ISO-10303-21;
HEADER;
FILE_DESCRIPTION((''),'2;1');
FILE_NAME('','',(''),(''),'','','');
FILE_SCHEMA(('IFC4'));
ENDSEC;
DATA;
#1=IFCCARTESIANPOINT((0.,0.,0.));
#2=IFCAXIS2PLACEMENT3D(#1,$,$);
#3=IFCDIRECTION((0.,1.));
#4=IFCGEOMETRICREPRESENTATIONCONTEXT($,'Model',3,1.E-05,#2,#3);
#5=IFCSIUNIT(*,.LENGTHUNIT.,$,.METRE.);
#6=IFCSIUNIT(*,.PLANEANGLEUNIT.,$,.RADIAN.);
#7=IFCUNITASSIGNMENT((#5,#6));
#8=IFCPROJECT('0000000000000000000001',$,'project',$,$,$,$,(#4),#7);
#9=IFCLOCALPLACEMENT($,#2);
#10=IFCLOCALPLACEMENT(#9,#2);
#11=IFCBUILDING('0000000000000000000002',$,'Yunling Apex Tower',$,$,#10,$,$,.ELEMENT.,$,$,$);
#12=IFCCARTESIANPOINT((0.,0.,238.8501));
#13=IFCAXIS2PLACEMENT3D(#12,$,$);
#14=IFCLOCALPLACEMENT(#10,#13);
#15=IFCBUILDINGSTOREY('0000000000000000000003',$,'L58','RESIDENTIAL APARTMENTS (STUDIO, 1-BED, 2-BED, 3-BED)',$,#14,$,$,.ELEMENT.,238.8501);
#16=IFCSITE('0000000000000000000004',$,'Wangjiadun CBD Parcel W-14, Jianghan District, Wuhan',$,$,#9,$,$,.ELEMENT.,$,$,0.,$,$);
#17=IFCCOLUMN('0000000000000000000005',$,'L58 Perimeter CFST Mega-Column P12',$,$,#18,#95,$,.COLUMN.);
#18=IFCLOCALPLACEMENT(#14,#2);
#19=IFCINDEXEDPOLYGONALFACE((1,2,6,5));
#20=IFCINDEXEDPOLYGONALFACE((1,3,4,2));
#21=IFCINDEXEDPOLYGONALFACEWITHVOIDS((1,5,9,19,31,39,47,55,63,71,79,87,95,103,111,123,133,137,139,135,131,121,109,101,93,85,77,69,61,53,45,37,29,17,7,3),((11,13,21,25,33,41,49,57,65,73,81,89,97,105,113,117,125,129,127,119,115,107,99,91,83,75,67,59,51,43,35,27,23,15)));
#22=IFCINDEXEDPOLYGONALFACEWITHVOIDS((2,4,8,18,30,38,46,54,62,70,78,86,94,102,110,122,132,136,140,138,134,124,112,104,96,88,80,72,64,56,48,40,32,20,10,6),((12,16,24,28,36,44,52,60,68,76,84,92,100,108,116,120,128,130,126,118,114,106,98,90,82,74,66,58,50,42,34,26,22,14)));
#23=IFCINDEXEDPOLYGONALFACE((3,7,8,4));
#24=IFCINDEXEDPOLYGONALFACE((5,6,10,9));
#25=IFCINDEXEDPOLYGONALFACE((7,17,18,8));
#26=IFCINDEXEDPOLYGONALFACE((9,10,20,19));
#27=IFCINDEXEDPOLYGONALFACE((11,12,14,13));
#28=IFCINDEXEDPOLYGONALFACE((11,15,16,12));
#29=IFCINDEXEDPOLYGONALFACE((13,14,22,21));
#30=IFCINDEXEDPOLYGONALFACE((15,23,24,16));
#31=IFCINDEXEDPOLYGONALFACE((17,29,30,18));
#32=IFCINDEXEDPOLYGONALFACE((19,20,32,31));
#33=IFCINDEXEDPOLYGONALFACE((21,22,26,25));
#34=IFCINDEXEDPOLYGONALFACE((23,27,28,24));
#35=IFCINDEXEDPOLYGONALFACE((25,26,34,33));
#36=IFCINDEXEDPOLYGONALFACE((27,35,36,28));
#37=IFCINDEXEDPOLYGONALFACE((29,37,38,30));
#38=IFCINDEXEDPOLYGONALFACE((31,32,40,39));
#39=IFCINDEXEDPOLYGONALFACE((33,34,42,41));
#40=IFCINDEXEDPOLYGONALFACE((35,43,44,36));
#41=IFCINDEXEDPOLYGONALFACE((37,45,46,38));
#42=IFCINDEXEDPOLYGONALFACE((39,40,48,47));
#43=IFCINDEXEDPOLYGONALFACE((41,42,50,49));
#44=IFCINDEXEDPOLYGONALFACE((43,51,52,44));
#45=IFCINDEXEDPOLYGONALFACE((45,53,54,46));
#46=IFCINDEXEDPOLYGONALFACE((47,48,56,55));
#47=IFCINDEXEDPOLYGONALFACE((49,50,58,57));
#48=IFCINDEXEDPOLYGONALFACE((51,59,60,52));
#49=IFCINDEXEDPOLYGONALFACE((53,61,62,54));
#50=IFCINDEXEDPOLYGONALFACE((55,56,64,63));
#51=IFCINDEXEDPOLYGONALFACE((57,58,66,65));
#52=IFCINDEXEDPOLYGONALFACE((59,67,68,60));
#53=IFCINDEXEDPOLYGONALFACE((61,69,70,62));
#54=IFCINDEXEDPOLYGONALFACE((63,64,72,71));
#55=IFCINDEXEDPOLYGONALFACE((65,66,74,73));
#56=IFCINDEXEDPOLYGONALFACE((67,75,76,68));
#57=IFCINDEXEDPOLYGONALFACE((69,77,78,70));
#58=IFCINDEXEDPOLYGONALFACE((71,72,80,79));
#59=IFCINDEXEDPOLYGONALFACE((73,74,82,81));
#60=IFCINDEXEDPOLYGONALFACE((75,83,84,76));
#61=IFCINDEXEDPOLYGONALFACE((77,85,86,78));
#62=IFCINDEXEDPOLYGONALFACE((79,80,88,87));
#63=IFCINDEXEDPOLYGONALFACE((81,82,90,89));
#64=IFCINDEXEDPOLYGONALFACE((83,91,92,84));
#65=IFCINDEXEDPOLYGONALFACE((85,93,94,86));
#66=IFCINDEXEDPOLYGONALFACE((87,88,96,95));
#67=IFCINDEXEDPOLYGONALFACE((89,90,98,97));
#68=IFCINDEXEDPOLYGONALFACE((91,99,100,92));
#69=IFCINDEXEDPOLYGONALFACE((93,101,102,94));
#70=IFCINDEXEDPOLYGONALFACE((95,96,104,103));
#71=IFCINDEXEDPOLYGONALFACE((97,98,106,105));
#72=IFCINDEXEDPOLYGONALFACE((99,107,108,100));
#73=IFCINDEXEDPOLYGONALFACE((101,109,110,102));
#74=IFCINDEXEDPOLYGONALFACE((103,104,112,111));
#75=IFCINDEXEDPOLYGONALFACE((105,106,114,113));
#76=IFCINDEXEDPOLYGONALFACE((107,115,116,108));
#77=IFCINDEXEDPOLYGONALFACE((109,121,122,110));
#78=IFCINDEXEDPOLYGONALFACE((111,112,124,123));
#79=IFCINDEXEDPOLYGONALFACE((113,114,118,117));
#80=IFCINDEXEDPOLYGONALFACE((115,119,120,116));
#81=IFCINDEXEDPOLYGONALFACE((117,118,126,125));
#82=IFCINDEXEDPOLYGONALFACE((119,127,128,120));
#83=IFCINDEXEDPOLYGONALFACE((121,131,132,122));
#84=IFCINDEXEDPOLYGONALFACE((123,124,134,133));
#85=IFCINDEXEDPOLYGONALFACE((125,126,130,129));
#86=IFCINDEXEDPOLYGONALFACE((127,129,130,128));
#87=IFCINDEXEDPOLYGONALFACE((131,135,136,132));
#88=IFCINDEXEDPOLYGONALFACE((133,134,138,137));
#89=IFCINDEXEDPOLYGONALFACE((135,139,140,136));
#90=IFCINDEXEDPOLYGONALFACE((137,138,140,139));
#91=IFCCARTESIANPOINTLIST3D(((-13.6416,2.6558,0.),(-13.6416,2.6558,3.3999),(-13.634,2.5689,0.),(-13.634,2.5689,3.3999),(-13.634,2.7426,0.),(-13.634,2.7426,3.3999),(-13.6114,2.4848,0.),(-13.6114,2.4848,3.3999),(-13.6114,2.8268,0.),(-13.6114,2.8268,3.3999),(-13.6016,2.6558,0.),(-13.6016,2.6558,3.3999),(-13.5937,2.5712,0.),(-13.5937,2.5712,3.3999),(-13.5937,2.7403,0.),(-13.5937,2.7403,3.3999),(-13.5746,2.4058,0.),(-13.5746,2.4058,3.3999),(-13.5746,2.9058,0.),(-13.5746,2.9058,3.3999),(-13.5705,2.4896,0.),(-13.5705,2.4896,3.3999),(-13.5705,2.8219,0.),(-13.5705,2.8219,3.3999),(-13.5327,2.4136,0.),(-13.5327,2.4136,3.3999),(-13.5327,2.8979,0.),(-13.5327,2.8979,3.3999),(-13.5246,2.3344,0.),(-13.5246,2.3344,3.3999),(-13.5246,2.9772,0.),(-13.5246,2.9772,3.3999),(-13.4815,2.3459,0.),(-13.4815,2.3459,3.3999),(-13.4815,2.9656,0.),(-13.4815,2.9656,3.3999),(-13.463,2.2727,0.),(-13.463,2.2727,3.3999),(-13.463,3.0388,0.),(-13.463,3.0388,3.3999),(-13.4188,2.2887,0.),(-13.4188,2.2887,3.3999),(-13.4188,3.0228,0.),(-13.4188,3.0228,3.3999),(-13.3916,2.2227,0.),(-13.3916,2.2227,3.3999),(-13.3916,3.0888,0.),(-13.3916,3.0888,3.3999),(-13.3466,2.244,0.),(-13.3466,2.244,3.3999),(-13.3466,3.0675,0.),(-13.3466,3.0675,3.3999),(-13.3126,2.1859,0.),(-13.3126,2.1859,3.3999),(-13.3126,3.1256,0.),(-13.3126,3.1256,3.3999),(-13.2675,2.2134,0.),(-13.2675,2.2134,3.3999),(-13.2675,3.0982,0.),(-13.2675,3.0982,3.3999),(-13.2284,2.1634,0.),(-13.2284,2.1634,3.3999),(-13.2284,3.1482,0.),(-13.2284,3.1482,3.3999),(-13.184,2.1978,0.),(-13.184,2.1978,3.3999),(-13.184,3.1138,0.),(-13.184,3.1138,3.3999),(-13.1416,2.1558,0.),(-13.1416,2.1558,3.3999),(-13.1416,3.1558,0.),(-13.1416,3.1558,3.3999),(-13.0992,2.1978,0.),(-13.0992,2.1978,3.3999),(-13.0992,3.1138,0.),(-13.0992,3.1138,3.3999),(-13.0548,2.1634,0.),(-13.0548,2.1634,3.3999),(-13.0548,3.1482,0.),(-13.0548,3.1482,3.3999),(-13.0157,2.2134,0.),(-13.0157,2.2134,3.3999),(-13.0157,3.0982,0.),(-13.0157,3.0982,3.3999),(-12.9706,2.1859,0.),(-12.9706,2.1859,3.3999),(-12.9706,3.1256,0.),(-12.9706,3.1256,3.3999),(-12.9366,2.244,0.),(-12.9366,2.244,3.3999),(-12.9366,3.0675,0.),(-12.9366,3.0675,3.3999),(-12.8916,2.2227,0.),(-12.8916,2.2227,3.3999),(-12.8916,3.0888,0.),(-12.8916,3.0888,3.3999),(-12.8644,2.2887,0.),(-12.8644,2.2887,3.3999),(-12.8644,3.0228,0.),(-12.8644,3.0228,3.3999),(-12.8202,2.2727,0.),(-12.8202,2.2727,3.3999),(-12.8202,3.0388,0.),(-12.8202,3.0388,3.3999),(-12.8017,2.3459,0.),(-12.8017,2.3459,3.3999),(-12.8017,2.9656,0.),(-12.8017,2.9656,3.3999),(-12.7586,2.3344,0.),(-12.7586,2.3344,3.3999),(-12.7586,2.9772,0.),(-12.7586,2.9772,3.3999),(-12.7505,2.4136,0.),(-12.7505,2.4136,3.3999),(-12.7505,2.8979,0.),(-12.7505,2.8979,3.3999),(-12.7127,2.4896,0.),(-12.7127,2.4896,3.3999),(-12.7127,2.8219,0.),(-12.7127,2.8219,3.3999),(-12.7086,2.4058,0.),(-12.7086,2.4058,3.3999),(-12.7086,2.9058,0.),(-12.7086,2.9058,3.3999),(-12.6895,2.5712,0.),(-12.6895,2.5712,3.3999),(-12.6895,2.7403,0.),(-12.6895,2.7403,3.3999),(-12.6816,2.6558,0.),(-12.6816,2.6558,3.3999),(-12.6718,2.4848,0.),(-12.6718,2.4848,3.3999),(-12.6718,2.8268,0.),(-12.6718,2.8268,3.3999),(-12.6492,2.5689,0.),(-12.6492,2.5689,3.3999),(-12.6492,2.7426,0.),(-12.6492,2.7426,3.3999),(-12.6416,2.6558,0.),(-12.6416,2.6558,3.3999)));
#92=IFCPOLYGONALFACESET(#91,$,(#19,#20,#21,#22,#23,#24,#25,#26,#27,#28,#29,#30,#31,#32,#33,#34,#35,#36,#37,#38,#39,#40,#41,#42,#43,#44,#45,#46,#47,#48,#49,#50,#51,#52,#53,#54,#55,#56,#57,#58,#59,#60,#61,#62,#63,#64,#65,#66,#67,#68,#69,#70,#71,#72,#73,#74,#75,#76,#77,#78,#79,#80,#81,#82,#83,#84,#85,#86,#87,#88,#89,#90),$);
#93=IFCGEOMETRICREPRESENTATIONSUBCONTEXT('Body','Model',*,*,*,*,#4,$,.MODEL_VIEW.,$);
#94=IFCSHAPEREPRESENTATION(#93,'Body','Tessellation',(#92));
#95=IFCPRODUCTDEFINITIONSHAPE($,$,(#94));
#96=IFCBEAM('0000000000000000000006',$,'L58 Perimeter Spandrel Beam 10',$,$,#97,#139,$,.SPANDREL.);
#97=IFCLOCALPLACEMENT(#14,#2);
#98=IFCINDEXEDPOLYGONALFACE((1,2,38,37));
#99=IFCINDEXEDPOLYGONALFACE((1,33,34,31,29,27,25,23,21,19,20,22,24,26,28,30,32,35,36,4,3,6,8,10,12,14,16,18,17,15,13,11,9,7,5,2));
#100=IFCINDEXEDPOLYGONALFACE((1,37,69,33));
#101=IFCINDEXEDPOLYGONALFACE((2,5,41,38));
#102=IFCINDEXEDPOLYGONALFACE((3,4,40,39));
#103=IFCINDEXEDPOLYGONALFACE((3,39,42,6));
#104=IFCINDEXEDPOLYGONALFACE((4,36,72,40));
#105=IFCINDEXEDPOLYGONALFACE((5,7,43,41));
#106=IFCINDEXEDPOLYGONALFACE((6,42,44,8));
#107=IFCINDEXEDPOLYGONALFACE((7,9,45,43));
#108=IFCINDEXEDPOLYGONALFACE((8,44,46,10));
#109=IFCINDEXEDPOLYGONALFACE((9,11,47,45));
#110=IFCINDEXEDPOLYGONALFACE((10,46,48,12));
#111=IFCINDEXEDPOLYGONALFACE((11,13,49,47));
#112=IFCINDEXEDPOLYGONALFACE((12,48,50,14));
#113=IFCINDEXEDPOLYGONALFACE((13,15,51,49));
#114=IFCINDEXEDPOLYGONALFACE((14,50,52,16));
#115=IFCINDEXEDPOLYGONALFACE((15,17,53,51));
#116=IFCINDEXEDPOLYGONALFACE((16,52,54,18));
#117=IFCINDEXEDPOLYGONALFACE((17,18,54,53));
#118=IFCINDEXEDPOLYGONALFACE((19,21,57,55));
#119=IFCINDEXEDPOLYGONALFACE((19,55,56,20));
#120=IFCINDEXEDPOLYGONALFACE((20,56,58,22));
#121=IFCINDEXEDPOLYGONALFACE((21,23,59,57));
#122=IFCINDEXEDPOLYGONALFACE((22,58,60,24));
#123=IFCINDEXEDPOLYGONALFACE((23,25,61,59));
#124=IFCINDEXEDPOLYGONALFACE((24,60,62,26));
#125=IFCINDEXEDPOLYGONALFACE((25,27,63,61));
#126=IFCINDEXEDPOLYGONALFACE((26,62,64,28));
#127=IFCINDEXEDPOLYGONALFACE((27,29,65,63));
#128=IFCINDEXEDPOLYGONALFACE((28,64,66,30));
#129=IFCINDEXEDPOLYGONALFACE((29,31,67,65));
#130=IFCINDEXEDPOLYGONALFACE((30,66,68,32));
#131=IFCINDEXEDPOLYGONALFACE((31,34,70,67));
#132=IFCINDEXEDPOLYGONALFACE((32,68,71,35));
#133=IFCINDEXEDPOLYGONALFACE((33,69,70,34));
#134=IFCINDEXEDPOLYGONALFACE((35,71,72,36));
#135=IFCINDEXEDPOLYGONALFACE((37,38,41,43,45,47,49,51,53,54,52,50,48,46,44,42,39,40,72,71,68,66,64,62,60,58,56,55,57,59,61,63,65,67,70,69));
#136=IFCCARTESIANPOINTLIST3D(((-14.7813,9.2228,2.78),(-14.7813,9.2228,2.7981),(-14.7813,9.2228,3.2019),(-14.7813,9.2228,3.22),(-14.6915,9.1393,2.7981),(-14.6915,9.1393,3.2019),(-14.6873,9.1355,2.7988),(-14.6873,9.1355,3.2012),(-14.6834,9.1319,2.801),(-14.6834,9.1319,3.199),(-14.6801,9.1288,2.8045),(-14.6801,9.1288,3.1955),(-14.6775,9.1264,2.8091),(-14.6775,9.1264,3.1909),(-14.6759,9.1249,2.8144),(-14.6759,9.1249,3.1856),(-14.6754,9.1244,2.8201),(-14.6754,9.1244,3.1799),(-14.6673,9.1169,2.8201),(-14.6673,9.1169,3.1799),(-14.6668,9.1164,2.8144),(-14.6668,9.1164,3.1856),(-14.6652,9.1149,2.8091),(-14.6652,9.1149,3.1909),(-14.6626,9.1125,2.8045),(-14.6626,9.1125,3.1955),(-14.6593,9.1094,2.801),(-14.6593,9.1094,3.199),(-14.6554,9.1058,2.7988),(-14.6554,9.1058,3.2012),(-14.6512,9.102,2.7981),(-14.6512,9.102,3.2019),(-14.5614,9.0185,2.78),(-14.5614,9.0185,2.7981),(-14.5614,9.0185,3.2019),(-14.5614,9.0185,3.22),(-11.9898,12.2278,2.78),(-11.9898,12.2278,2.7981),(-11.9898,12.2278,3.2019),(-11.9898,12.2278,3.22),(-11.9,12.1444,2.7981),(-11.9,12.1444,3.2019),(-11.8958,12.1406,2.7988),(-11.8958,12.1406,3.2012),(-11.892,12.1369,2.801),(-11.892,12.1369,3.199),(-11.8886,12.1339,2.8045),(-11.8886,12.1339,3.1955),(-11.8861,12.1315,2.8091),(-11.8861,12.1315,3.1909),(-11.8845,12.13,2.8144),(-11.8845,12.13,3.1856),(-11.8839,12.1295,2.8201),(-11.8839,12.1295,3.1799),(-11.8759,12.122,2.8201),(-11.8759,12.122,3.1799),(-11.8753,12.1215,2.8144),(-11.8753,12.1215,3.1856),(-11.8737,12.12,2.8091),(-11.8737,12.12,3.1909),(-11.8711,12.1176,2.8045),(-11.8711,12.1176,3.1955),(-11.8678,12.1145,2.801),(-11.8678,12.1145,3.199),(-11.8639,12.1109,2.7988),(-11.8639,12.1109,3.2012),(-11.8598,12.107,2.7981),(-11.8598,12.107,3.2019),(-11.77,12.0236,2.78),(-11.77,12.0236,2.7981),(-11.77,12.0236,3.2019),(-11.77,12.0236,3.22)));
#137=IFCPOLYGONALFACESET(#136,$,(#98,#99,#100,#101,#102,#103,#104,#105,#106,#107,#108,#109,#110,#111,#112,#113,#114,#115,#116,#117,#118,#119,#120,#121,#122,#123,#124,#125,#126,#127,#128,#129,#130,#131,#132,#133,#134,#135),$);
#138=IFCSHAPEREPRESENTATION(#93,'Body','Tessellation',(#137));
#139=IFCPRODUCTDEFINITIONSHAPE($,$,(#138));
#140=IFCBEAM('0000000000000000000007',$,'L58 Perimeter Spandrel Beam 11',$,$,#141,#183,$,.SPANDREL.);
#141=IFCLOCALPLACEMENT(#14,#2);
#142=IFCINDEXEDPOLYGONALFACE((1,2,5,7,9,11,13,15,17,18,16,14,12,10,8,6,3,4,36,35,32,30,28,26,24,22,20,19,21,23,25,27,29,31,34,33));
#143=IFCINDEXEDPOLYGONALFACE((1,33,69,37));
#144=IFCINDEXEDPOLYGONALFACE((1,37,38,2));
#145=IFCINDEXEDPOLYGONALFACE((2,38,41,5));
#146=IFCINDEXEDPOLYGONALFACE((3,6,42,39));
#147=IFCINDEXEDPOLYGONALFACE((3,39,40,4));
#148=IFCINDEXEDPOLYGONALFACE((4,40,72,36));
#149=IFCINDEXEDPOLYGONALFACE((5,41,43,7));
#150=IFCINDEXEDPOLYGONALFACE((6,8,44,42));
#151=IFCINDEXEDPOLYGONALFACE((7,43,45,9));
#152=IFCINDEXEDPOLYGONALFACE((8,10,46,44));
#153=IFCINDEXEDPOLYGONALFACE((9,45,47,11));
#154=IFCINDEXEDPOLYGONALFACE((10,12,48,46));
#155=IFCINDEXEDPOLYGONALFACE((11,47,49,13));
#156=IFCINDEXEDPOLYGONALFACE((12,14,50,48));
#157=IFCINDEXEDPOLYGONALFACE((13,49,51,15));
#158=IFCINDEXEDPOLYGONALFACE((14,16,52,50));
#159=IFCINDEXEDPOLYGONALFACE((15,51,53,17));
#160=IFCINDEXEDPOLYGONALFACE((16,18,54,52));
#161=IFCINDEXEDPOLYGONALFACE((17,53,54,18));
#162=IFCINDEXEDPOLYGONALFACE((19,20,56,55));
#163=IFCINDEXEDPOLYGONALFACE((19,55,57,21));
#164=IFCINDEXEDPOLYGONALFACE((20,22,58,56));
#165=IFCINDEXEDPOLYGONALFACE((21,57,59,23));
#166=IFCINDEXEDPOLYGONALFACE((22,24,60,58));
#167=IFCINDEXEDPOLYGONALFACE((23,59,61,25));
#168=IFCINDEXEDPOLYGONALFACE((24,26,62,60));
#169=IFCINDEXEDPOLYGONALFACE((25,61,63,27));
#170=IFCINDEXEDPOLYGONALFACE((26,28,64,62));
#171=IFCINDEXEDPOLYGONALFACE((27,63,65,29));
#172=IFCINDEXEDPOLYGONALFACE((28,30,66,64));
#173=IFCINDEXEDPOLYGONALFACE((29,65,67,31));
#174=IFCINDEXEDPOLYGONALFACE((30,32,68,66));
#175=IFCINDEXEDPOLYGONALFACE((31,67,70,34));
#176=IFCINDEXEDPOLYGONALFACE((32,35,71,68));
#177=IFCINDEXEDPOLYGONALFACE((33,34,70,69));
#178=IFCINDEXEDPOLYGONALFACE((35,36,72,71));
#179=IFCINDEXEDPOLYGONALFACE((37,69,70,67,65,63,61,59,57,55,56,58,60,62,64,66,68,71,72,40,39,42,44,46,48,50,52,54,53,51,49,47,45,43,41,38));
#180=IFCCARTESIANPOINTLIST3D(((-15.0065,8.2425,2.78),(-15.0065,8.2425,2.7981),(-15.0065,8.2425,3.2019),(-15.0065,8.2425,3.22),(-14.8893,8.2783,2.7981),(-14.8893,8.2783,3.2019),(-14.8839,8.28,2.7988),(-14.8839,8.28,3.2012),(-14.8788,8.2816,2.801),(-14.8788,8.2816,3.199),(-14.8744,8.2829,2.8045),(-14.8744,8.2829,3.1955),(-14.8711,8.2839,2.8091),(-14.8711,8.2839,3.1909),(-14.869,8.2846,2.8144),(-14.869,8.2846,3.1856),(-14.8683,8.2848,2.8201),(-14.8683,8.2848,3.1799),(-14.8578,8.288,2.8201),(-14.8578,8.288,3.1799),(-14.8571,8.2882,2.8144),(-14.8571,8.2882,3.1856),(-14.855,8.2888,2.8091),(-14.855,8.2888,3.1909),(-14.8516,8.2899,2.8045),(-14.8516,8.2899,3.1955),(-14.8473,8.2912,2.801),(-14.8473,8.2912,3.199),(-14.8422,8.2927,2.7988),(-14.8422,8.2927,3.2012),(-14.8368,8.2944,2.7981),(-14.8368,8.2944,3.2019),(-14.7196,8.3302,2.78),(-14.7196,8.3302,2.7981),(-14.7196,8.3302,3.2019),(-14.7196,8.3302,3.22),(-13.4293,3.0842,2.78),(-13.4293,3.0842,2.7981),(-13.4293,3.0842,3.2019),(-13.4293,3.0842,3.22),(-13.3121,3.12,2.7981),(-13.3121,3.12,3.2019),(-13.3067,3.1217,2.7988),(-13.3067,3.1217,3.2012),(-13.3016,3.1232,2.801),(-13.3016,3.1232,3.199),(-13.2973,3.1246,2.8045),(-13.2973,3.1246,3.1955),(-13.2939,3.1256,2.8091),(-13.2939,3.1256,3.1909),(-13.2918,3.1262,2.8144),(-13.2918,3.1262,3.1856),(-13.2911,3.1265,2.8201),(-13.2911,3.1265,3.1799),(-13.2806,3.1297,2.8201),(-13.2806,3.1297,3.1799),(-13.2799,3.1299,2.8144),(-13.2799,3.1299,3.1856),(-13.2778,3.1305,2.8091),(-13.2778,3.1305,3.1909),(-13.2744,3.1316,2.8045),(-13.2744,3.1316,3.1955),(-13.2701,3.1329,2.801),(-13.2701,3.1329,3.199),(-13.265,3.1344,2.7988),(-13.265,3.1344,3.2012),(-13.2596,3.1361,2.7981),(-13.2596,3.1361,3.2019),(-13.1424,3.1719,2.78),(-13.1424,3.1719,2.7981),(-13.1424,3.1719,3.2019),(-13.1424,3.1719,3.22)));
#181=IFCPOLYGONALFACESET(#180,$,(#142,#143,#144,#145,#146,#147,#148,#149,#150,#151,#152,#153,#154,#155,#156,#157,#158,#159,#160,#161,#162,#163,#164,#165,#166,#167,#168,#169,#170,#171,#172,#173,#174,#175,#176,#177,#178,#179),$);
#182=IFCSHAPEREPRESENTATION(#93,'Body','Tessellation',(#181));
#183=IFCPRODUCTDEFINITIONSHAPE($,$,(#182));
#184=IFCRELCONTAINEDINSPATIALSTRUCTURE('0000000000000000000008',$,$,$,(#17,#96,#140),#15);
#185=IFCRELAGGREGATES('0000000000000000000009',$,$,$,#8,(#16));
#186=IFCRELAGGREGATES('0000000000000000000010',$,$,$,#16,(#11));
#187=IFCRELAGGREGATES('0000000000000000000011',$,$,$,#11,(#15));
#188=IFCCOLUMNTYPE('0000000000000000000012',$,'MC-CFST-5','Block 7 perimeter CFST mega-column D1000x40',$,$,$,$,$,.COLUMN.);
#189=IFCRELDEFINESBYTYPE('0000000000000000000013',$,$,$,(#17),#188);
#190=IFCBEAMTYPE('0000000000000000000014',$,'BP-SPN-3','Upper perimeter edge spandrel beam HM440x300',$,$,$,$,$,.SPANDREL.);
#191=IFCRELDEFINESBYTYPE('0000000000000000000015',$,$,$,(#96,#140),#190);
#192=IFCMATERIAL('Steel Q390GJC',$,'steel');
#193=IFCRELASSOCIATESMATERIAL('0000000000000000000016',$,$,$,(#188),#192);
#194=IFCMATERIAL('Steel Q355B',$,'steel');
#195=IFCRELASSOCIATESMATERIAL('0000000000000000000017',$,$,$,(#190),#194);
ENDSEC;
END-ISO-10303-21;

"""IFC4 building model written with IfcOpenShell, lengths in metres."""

from ifc_helpers import new_model, si_unit, direction, frame, origin, origin_2d, place, context, subcontext, project, spatial, hollow_circle, i_section, extrude, source, transform, mapped, material, material_profile, profile_set, type_object, element, save


model = new_model("IFC4")

# Units and contexts
model_context = context("Model", 3, precision=1e-05, world=origin(), true_north=direction((0.0, 1.0)))
body_context = subcontext(model_context, "Body", "Model", "MODEL_VIEW")
ifc_project = project(units=[si_unit("LENGTHUNIT", "METRE"), si_unit("PLANEANGLEUNIT", "RADIAN")], contexts=[model_context])

# Site, building, storey
site_placement = place(None, origin())
site = spatial("IfcSite", under=ifc_project, at=site_placement, Name="Wangjiadun CBD Parcel W-14, Jianghan District, Wuhan", CompositionType="ELEMENT", RefElevation=0.0)
building_placement = place(site_placement, origin())
building = spatial("IfcBuilding", under=site, at=building_placement, Name="Yunling Apex Tower", CompositionType="ELEMENT")
storey_placement = place(building_placement, frame((0.0, 0.0, 238.8501)))
storey = spatial("IfcBuildingStorey", under=building, at=storey_placement, Name="L58", Description="RESIDENTIAL APARTMENTS (STUDIO, 1-BED, 2-BED, 3-BED)", CompositionType="ELEMENT", Elevation=238.8501)

# Column
ifc_material_1 = material(Name="Steel Q390GJC", Category="steel")
ifc_material_profile_1 = material_profile(ifc_material_1, hollow_circle(Radius=0.5, WallThickness=0.04, at=origin_2d()))
ifc_profile_set_1 = profile_set([ifc_material_profile_1], Name="Steel Q390GJC")
column_type = type_object("IfcColumnType", Name="MC-CFST-5", Description="Block 7 perimeter CFST mega-column D1000x40", PredefinedType="COLUMN", material=ifc_profile_set_1)
shared_shape_1 = source(origin(), body_context, "Body", "SweptSolid", [
    extrude(hollow_circle(Radius=0.5, WallThickness=0.04, at=origin_2d()), origin(), (0.0, 0.0, 1.0), 3.3999),
])
for number, where, z_axis, x_axis, name in (
    (1, (-13.1416, 2.6558, 0.0), (0.0, 0.0, 1.0), (1.0, 0.0, 0.0), "L58 Perimeter CFST Mega-Column P12"),
):
    element("IfcColumn", number, at=place(storey_placement, frame(where, z_axis=z_axis, x_axis=x_axis)), inside=storey, type_object=column_type, Name=name, PredefinedType="COLUMN", context=body_context, shape_type="MappedRepresentation", body=[
        mapped(shared_shape_1, transform((0.0, 0.0, 0.0), scale=1.0)),
    ])

# Beams
ifc_material_2 = material(Name="Steel Q355B", Category="steel")
ifc_material_profile_2 = material_profile(ifc_material_2, i_section(OverallWidth=0.3, OverallDepth=0.4399, WebThickness=0.011, FlangeThickness=0.0181, FilletRadius=0.022, at=origin_2d()))
ifc_profile_set_2 = profile_set([ifc_material_profile_2], Name="Steel Q355B")
beam_type_1 = type_object("IfcBeamType", Name="BP-SPN-3", Description="Upper perimeter edge spandrel beam HM440x300", PredefinedType="SPANDREL", material=ifc_profile_set_2)
shared_shape_2 = source(origin(), body_context, "Body", "SweptSolid", [
    extrude(i_section(OverallWidth=0.3, OverallDepth=0.4399, WebThickness=0.011, FlangeThickness=0.0181, FilletRadius=0.022, at=origin_2d()), origin(), (0.0, 0.0, 1.0), 4.1016),
])
beam_1_placement = place(storey_placement, frame((-11.8799, 12.1257, 3.0), z_axis=(-0.680586, -0.732668, 0.0), x_axis=(0.732668, -0.680586, 0.0)))
element("IfcBeam", 2, at=beam_1_placement, inside=storey, type_object=beam_type_1, Name="L58 Perimeter Spandrel Beam 10", PredefinedType="SPANDREL", context=body_context, shape_type="MappedRepresentation", body=[
    mapped(shared_shape_2, transform((0.0, 0.0, 0.0), scale=1.0)),
])
shared_shape_3 = source(origin(), body_context, "Body", "SweptSolid", [
    extrude(i_section(OverallWidth=0.3, OverallDepth=0.4399, WebThickness=0.011, FlangeThickness=0.0181, FilletRadius=0.022, at=origin_2d()), origin(), (0.0, 0.0, 1.0), 5.394),
])
for number, where, z_axis, x_axis, name in (
    (3, (-14.863, 8.2864, 3.0), (0.292393, -0.956298, 0.0), (0.956298, 0.292393, 0.0), "L58 Perimeter Spandrel Beam 11"),
):
    element("IfcBeam", number, at=place(storey_placement, frame(where, z_axis=z_axis, x_axis=x_axis)), inside=storey, type_object=beam_type_1, Name=name, PredefinedType="SPANDREL", context=body_context, shape_type="MappedRepresentation", body=[
        mapped(shared_shape_3, transform((0.0, 0.0, 0.0), scale=1.0)),
    ])

save(model, "model.ifc")
